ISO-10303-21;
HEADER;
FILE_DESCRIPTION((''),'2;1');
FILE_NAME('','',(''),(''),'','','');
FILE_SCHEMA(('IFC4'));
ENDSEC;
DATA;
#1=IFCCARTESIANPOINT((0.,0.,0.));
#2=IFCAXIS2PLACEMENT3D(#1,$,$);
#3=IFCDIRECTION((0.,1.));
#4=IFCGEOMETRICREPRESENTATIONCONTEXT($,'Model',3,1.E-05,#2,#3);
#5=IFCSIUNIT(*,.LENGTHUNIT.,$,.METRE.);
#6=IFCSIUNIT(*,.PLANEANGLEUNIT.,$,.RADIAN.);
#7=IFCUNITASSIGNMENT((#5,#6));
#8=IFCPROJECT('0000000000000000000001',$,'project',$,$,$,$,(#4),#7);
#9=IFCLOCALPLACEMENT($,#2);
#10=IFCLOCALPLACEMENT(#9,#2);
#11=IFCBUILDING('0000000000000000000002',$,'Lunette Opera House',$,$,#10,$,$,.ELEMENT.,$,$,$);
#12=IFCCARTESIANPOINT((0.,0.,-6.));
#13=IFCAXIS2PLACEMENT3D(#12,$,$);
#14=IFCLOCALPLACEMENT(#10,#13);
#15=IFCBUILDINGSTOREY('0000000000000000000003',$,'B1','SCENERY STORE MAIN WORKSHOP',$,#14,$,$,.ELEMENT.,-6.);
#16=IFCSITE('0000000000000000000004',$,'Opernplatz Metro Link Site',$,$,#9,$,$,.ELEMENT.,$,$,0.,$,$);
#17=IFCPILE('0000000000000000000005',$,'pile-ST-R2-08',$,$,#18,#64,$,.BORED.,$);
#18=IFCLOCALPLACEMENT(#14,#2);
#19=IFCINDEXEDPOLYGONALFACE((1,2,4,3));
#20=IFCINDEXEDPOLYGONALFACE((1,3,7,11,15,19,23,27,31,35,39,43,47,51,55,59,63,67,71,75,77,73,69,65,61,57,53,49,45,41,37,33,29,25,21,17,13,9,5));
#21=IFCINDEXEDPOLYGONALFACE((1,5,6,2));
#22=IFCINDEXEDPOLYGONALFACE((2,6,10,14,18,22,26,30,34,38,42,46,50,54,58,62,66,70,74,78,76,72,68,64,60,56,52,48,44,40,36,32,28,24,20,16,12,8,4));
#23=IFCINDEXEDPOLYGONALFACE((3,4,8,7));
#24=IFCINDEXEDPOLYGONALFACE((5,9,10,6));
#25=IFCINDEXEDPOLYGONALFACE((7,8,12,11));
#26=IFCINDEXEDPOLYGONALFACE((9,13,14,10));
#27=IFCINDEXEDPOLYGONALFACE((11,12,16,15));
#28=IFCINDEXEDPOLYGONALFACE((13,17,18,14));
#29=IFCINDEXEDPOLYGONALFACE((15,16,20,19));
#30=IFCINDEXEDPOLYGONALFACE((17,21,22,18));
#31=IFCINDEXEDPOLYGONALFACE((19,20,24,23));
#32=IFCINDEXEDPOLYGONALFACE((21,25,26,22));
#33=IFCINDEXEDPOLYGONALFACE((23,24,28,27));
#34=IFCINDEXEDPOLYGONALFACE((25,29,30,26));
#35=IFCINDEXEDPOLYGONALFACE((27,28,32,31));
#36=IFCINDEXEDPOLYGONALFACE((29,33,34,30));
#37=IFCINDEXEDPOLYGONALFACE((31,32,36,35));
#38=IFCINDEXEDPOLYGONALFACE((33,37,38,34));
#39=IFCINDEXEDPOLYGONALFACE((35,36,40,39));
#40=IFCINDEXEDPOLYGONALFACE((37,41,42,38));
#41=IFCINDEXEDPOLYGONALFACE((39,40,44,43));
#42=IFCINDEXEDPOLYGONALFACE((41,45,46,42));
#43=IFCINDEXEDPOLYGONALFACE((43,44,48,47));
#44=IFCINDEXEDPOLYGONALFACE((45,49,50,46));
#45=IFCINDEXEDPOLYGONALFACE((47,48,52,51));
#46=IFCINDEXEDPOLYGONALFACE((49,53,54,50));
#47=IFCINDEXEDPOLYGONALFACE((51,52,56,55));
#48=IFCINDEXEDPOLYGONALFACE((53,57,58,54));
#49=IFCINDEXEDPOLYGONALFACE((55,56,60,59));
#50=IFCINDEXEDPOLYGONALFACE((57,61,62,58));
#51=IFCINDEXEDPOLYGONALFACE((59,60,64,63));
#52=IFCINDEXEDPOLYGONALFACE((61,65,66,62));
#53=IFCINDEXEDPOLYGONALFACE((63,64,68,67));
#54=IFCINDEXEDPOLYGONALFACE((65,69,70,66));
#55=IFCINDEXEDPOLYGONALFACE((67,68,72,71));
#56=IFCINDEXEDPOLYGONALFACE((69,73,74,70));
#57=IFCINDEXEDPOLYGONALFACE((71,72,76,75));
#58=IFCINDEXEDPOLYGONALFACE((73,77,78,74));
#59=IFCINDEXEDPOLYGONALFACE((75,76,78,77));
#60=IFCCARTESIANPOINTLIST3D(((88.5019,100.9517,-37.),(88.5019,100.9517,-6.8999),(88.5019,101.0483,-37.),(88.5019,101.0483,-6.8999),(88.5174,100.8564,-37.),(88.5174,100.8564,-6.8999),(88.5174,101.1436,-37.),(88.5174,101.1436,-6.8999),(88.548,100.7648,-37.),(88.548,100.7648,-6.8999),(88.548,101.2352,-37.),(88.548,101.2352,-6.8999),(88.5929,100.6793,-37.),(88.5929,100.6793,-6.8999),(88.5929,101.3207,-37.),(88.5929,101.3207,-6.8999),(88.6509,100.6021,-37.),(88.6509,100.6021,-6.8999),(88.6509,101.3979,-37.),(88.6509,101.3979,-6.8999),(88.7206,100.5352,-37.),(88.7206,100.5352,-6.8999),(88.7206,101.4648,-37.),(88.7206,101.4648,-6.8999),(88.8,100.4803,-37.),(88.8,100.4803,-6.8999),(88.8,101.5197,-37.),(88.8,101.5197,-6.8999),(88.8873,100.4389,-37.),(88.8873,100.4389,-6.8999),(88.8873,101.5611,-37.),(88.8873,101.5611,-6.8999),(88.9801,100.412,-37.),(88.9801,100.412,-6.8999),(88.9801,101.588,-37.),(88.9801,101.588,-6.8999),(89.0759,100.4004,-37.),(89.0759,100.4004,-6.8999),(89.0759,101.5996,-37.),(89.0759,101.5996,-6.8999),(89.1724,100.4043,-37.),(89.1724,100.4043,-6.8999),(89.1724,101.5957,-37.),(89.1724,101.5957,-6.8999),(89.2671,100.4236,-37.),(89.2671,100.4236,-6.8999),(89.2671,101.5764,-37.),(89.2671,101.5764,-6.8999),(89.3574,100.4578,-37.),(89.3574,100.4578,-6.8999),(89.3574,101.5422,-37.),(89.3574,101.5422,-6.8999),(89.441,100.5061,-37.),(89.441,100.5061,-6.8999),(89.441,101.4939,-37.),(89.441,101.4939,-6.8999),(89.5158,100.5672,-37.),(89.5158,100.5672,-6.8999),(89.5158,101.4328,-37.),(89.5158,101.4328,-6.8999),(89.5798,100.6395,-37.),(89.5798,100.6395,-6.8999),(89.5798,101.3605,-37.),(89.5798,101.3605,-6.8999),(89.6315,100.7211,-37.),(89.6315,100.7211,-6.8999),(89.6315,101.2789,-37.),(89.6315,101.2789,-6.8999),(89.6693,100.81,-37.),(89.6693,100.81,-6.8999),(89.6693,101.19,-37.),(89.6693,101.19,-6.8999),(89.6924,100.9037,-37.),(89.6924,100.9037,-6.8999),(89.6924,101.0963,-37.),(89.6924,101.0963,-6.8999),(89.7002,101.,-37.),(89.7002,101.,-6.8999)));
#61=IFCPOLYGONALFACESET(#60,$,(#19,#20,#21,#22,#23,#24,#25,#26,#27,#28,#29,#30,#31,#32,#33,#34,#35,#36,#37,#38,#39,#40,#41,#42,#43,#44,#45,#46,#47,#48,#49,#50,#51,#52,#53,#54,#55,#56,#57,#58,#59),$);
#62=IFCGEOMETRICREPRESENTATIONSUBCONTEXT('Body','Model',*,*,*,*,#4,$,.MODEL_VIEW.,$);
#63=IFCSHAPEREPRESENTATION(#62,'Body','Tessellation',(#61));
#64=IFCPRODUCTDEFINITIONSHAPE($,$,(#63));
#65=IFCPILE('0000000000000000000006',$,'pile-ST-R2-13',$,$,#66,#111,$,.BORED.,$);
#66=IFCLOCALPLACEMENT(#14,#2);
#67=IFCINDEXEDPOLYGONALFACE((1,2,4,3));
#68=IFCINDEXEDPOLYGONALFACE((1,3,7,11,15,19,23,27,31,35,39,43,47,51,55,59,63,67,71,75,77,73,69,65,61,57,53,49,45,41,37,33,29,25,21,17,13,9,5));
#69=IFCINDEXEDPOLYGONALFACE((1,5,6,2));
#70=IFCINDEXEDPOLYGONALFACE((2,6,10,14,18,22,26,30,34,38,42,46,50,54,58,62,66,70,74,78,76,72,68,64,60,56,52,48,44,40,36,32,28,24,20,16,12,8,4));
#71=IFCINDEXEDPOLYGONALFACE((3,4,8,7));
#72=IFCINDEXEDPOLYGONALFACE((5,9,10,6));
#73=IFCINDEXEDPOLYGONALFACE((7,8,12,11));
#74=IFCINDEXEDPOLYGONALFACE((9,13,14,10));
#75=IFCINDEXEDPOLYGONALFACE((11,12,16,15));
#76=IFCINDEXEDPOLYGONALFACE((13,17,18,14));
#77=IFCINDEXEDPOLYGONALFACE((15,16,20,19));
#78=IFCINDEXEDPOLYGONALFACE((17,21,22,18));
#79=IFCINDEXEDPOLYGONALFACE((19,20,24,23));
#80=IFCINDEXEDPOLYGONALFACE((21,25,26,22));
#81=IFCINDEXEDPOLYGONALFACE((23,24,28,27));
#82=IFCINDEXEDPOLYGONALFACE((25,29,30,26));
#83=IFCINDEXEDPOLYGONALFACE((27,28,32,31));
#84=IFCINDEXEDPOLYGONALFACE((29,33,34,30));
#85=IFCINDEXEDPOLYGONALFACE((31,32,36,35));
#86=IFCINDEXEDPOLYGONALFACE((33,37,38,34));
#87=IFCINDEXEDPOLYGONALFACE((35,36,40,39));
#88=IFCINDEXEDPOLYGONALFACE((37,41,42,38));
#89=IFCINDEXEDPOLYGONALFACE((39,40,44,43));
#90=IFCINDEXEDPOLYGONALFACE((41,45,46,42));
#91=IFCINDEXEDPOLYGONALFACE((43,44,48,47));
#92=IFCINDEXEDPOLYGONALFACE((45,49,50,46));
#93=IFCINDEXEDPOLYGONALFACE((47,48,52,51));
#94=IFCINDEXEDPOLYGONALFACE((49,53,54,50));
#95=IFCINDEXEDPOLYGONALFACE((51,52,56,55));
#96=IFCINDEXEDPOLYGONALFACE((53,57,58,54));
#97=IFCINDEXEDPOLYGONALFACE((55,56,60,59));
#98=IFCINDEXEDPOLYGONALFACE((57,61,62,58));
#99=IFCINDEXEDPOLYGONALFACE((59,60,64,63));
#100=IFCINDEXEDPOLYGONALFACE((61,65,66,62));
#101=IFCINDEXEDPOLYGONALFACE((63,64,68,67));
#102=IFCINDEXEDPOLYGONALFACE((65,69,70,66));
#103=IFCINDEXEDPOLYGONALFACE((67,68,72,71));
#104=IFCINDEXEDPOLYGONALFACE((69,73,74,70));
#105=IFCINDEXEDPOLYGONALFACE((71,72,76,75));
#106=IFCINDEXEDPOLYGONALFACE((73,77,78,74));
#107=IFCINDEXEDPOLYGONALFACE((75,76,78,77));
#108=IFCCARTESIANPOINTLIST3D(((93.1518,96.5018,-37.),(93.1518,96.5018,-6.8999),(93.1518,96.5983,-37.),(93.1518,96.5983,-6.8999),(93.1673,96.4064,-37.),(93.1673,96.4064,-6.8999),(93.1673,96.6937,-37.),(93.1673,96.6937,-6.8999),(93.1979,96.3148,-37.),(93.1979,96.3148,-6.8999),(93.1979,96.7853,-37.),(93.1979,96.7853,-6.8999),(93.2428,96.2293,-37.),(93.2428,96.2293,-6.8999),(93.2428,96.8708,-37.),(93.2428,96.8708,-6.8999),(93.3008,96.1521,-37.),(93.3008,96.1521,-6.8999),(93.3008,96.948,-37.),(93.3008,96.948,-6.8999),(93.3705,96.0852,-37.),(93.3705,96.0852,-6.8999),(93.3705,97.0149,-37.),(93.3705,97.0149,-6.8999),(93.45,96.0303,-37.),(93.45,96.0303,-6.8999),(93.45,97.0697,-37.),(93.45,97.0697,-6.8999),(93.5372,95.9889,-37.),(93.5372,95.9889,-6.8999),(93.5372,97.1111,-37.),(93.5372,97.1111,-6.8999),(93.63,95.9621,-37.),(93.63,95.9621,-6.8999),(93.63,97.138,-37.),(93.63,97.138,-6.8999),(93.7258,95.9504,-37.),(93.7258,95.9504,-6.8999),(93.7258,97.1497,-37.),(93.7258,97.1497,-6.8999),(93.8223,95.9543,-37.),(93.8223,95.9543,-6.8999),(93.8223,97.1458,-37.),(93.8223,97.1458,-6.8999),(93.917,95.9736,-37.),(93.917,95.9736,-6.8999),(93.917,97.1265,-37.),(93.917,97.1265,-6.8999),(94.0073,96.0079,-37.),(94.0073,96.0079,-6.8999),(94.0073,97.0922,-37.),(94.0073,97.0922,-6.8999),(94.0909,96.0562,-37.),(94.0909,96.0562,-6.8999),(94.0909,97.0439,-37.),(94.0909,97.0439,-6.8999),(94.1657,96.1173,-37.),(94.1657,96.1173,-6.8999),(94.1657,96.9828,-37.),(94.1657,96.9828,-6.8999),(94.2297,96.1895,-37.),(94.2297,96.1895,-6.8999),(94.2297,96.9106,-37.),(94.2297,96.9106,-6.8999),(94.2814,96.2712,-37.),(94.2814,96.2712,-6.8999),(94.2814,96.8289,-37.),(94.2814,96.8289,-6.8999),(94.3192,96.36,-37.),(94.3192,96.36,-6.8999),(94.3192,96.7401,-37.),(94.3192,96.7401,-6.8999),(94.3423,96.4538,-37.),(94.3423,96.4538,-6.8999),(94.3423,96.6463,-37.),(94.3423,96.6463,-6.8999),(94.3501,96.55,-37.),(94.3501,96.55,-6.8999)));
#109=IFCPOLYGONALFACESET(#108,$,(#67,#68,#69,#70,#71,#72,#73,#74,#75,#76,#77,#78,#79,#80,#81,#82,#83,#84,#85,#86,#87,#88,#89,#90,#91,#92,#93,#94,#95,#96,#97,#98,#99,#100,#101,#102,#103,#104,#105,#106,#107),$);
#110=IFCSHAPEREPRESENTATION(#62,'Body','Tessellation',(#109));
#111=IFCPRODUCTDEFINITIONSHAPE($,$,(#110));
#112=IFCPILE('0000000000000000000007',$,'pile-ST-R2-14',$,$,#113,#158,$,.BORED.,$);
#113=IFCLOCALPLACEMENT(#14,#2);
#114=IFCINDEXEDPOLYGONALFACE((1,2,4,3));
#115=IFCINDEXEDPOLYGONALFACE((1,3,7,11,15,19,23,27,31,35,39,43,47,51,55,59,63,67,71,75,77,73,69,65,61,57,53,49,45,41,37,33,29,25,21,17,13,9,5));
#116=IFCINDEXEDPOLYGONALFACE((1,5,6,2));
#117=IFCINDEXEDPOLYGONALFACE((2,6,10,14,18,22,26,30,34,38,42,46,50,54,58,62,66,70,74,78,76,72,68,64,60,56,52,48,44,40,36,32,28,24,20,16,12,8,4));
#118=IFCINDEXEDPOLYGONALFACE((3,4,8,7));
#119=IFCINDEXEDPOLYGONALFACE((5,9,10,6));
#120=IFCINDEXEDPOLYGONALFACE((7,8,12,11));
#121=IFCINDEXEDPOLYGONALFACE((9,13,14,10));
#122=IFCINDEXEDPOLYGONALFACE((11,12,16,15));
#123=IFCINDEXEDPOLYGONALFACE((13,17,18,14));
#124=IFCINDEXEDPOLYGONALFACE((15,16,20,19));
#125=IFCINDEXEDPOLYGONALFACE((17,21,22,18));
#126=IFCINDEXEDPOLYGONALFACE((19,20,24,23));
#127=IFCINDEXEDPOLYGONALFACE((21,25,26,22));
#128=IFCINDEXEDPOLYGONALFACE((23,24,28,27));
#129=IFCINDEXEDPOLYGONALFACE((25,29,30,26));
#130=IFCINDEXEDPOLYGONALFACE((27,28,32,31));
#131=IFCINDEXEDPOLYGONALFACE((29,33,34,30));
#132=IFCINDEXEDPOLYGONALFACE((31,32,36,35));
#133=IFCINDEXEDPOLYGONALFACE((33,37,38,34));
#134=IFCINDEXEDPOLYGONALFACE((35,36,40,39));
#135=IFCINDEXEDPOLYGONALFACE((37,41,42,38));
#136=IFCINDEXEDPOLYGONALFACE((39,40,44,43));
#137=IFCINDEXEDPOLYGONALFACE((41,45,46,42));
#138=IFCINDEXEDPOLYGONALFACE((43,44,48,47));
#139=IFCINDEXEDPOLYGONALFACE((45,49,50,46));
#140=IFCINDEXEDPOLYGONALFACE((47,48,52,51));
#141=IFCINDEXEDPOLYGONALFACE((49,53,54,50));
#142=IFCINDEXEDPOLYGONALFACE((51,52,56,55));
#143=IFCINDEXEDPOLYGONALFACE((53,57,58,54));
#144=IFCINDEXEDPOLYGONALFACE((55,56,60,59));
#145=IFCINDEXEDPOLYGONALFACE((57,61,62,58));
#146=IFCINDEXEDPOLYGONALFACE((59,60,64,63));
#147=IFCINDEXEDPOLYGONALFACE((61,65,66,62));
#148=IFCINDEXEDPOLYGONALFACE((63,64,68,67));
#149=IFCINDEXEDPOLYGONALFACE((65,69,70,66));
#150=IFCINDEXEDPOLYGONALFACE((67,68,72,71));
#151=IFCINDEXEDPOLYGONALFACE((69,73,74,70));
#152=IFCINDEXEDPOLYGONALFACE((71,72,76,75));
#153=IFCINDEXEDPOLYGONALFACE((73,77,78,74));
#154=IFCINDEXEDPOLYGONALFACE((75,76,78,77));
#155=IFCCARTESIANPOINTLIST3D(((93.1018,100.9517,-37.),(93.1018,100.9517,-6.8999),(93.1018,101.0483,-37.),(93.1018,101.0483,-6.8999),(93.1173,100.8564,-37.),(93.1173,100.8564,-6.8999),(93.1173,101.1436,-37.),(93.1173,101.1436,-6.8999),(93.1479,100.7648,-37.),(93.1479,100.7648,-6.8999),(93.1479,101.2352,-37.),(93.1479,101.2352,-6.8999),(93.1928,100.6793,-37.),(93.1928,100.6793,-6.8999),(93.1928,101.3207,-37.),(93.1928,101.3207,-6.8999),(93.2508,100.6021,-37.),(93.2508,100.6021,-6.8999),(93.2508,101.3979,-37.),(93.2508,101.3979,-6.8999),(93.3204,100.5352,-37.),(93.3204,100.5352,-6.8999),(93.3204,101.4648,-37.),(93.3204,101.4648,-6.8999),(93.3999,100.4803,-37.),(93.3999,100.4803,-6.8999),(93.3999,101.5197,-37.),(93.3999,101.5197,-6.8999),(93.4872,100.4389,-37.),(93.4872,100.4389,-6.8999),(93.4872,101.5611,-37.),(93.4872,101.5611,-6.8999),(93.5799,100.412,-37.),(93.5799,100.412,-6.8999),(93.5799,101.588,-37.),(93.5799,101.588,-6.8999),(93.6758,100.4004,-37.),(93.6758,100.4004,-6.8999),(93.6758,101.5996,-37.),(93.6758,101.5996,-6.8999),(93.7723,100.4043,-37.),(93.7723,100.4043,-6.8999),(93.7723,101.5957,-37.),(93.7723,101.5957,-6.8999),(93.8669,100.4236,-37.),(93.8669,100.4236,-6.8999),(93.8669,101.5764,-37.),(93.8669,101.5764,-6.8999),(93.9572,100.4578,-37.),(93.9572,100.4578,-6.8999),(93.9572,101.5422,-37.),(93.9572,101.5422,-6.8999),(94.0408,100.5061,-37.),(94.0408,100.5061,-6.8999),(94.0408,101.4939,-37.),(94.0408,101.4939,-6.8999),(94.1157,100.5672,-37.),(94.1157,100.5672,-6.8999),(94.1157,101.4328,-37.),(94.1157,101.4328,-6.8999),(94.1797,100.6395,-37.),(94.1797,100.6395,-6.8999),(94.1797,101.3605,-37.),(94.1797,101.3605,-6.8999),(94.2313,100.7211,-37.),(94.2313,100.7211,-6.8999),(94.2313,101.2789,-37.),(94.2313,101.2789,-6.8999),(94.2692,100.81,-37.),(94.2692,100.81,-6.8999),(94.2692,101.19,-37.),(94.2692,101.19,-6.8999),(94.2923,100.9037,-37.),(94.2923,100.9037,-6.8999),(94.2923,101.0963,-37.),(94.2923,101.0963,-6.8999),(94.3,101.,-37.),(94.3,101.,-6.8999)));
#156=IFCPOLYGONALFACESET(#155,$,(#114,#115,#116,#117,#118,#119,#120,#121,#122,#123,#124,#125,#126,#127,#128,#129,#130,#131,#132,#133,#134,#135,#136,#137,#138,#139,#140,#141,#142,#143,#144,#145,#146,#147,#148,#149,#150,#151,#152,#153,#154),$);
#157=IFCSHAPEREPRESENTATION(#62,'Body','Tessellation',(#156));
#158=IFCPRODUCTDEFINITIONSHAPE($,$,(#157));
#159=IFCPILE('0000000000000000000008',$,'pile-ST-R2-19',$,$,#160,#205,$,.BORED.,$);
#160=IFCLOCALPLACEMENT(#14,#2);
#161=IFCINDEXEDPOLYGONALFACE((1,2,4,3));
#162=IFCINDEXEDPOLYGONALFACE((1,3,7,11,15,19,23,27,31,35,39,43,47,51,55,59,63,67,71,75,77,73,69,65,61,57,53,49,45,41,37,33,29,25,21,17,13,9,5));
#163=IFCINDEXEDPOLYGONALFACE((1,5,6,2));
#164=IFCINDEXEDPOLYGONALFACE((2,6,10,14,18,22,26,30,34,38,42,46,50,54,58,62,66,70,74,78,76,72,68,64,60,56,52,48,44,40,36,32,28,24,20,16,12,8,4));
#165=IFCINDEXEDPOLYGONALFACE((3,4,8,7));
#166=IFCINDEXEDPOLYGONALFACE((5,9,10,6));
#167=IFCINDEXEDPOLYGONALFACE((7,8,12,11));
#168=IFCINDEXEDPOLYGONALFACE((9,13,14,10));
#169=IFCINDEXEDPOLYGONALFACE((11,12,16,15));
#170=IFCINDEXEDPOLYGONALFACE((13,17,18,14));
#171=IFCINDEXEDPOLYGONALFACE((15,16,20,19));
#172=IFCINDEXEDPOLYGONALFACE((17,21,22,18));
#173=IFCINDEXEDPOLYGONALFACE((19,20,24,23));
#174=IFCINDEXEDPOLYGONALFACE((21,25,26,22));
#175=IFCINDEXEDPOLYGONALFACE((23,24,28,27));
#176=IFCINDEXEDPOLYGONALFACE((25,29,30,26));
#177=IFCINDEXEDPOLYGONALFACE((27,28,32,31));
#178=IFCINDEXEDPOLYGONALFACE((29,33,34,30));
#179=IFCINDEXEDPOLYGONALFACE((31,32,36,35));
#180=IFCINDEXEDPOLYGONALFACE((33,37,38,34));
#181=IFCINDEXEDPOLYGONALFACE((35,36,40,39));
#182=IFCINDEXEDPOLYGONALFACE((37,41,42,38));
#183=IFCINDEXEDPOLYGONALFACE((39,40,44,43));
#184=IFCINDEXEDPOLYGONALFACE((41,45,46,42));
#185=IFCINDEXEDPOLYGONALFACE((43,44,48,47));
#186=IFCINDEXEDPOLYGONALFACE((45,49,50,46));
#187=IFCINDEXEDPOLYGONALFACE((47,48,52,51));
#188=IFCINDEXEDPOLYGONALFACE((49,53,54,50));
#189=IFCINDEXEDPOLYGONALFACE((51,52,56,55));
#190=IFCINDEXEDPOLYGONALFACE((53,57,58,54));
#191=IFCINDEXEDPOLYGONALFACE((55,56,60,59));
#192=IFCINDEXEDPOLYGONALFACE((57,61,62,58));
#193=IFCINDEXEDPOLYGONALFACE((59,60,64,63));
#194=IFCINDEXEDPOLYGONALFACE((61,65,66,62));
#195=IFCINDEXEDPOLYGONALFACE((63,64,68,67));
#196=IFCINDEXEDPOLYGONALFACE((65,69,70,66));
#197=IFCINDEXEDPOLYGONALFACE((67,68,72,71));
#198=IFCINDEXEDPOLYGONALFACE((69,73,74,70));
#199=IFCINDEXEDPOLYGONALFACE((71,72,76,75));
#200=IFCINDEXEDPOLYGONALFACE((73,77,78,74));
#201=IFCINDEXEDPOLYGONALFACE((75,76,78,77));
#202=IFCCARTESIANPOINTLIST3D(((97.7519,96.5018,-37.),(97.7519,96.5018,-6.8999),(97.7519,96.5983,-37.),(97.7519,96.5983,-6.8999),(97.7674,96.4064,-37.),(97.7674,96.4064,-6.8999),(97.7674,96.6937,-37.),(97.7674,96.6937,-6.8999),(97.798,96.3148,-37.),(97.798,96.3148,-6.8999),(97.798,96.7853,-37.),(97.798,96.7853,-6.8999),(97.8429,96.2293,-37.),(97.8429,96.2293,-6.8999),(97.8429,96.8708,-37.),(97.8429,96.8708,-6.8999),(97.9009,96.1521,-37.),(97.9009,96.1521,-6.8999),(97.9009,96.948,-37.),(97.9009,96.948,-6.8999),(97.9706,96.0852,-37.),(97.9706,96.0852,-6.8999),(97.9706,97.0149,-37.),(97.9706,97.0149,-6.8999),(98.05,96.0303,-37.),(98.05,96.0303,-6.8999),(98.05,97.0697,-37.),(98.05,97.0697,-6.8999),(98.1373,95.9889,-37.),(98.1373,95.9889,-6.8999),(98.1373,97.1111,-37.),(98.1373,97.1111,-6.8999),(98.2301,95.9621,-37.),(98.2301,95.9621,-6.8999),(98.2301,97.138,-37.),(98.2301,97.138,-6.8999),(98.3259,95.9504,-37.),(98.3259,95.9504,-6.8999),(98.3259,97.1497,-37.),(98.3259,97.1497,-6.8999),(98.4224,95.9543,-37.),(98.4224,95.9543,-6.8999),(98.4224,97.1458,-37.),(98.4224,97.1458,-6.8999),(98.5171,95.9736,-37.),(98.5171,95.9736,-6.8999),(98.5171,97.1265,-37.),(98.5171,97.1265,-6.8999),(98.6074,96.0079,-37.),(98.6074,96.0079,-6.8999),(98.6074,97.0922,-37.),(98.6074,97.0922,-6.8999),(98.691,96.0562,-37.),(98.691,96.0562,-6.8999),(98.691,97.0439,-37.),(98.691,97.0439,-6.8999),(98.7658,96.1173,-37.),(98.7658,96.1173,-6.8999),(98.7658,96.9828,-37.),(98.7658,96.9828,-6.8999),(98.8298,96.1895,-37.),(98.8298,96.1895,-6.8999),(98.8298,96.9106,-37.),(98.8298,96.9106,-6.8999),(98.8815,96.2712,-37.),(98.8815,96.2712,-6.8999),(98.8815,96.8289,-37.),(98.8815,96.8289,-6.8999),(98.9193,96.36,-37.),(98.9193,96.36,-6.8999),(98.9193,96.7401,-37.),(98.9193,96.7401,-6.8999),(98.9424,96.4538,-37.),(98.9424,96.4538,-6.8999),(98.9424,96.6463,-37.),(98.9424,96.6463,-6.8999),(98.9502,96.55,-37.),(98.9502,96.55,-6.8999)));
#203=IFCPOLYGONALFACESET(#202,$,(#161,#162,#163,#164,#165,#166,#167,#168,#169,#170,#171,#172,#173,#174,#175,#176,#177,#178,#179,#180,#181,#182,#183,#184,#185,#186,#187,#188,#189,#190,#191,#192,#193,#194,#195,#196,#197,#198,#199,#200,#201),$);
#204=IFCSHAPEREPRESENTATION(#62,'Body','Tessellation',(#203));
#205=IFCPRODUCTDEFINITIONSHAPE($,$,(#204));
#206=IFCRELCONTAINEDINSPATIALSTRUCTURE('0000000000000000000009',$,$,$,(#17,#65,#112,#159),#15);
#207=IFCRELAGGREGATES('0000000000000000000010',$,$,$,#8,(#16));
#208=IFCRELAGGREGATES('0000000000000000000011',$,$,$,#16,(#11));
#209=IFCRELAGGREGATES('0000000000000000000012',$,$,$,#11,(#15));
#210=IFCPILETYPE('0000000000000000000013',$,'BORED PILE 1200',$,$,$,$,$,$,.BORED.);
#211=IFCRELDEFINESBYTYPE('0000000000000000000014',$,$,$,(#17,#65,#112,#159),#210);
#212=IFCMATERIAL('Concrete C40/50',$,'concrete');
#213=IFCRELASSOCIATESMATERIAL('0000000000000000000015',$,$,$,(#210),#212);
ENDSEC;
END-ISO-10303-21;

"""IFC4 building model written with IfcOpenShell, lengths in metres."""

from ifc_helpers import new_model, si_unit, direction, frame, origin, origin_2d, place, context, subcontext, project, spatial, circle, extrude, material, material_profile, profile_set, type_object, element, save


model = new_model("IFC4")

# Units and contexts
model_context = context("Model", 3, precision=1e-05, world=origin(), true_north=direction((0.0, 1.0)))
body_context = subcontext(model_context, "Body", "Model", "MODEL_VIEW")
ifc_project = project(units=[si_unit("LENGTHUNIT", "METRE"), si_unit("PLANEANGLEUNIT", "RADIAN")], contexts=[model_context])

# Site, building, storey
site_placement = place(None, origin())
site = spatial("IfcSite", under=ifc_project, at=site_placement, Name="Opernplatz Metro Link Site", CompositionType="ELEMENT", RefElevation=0.0)
building_placement = place(site_placement, origin())
building = spatial("IfcBuilding", under=site, at=building_placement, Name="Lunette Opera House", CompositionType="ELEMENT")
storey_placement = place(building_placement, frame((0.0, 0.0, -6.0)))
storey = spatial("IfcBuildingStorey", under=building, at=storey_placement, Name="B1", Description="SCENERY STORE MAIN WORKSHOP", CompositionType="ELEMENT", Elevation=-6.0)

# Piles
ifc_material_1 = material(Name="Concrete C40/50", Category="concrete")
ifc_material_profile_1 = material_profile(ifc_material_1, circle(Radius=0.6001, at=origin_2d()), Name="BORED PILE 1200")
ifc_profile_set_1 = profile_set([ifc_material_profile_1], Name="Concrete C40/50")
pile_type = type_object("IfcPileType", Name="BORED PILE 1200", PredefinedType="BORED", material=ifc_profile_set_1)
for number, where, z_axis, x_axis, name in (
    (1, (89.1001, 101.0, -6.8999), (0.0, 0.0, -1.0), (1.0, 0.0, 0.0), "pile-ST-R2-08"),
    (2, (93.75, 96.55, -6.8999), (0.0, 0.0, -1.0), (1.0, 0.0, 0.0), "pile-ST-R2-13"),
    (3, (93.7, 101.0, -6.8999), (0.0, 0.0, -1.0), (1.0, 0.0, 0.0), "pile-ST-R2-14"),
    (4, (98.3501, 96.55, -6.8999), (0.0, 0.0, -1.0), (1.0, 0.0, 0.0), "pile-ST-R2-19"),
):
    element("IfcPile", number, at=place(storey_placement, frame(where, z_axis=z_axis, x_axis=x_axis)), inside=storey, type_object=pile_type, Name=name, PredefinedType="BORED", context=body_context, shape_type="SweptSolid", body=[
        extrude(circle(Radius=0.6001, at=origin_2d()), origin(), (0.0, 0.0, 1.0), 30.1001),
    ])

save(model, "model.ifc")
